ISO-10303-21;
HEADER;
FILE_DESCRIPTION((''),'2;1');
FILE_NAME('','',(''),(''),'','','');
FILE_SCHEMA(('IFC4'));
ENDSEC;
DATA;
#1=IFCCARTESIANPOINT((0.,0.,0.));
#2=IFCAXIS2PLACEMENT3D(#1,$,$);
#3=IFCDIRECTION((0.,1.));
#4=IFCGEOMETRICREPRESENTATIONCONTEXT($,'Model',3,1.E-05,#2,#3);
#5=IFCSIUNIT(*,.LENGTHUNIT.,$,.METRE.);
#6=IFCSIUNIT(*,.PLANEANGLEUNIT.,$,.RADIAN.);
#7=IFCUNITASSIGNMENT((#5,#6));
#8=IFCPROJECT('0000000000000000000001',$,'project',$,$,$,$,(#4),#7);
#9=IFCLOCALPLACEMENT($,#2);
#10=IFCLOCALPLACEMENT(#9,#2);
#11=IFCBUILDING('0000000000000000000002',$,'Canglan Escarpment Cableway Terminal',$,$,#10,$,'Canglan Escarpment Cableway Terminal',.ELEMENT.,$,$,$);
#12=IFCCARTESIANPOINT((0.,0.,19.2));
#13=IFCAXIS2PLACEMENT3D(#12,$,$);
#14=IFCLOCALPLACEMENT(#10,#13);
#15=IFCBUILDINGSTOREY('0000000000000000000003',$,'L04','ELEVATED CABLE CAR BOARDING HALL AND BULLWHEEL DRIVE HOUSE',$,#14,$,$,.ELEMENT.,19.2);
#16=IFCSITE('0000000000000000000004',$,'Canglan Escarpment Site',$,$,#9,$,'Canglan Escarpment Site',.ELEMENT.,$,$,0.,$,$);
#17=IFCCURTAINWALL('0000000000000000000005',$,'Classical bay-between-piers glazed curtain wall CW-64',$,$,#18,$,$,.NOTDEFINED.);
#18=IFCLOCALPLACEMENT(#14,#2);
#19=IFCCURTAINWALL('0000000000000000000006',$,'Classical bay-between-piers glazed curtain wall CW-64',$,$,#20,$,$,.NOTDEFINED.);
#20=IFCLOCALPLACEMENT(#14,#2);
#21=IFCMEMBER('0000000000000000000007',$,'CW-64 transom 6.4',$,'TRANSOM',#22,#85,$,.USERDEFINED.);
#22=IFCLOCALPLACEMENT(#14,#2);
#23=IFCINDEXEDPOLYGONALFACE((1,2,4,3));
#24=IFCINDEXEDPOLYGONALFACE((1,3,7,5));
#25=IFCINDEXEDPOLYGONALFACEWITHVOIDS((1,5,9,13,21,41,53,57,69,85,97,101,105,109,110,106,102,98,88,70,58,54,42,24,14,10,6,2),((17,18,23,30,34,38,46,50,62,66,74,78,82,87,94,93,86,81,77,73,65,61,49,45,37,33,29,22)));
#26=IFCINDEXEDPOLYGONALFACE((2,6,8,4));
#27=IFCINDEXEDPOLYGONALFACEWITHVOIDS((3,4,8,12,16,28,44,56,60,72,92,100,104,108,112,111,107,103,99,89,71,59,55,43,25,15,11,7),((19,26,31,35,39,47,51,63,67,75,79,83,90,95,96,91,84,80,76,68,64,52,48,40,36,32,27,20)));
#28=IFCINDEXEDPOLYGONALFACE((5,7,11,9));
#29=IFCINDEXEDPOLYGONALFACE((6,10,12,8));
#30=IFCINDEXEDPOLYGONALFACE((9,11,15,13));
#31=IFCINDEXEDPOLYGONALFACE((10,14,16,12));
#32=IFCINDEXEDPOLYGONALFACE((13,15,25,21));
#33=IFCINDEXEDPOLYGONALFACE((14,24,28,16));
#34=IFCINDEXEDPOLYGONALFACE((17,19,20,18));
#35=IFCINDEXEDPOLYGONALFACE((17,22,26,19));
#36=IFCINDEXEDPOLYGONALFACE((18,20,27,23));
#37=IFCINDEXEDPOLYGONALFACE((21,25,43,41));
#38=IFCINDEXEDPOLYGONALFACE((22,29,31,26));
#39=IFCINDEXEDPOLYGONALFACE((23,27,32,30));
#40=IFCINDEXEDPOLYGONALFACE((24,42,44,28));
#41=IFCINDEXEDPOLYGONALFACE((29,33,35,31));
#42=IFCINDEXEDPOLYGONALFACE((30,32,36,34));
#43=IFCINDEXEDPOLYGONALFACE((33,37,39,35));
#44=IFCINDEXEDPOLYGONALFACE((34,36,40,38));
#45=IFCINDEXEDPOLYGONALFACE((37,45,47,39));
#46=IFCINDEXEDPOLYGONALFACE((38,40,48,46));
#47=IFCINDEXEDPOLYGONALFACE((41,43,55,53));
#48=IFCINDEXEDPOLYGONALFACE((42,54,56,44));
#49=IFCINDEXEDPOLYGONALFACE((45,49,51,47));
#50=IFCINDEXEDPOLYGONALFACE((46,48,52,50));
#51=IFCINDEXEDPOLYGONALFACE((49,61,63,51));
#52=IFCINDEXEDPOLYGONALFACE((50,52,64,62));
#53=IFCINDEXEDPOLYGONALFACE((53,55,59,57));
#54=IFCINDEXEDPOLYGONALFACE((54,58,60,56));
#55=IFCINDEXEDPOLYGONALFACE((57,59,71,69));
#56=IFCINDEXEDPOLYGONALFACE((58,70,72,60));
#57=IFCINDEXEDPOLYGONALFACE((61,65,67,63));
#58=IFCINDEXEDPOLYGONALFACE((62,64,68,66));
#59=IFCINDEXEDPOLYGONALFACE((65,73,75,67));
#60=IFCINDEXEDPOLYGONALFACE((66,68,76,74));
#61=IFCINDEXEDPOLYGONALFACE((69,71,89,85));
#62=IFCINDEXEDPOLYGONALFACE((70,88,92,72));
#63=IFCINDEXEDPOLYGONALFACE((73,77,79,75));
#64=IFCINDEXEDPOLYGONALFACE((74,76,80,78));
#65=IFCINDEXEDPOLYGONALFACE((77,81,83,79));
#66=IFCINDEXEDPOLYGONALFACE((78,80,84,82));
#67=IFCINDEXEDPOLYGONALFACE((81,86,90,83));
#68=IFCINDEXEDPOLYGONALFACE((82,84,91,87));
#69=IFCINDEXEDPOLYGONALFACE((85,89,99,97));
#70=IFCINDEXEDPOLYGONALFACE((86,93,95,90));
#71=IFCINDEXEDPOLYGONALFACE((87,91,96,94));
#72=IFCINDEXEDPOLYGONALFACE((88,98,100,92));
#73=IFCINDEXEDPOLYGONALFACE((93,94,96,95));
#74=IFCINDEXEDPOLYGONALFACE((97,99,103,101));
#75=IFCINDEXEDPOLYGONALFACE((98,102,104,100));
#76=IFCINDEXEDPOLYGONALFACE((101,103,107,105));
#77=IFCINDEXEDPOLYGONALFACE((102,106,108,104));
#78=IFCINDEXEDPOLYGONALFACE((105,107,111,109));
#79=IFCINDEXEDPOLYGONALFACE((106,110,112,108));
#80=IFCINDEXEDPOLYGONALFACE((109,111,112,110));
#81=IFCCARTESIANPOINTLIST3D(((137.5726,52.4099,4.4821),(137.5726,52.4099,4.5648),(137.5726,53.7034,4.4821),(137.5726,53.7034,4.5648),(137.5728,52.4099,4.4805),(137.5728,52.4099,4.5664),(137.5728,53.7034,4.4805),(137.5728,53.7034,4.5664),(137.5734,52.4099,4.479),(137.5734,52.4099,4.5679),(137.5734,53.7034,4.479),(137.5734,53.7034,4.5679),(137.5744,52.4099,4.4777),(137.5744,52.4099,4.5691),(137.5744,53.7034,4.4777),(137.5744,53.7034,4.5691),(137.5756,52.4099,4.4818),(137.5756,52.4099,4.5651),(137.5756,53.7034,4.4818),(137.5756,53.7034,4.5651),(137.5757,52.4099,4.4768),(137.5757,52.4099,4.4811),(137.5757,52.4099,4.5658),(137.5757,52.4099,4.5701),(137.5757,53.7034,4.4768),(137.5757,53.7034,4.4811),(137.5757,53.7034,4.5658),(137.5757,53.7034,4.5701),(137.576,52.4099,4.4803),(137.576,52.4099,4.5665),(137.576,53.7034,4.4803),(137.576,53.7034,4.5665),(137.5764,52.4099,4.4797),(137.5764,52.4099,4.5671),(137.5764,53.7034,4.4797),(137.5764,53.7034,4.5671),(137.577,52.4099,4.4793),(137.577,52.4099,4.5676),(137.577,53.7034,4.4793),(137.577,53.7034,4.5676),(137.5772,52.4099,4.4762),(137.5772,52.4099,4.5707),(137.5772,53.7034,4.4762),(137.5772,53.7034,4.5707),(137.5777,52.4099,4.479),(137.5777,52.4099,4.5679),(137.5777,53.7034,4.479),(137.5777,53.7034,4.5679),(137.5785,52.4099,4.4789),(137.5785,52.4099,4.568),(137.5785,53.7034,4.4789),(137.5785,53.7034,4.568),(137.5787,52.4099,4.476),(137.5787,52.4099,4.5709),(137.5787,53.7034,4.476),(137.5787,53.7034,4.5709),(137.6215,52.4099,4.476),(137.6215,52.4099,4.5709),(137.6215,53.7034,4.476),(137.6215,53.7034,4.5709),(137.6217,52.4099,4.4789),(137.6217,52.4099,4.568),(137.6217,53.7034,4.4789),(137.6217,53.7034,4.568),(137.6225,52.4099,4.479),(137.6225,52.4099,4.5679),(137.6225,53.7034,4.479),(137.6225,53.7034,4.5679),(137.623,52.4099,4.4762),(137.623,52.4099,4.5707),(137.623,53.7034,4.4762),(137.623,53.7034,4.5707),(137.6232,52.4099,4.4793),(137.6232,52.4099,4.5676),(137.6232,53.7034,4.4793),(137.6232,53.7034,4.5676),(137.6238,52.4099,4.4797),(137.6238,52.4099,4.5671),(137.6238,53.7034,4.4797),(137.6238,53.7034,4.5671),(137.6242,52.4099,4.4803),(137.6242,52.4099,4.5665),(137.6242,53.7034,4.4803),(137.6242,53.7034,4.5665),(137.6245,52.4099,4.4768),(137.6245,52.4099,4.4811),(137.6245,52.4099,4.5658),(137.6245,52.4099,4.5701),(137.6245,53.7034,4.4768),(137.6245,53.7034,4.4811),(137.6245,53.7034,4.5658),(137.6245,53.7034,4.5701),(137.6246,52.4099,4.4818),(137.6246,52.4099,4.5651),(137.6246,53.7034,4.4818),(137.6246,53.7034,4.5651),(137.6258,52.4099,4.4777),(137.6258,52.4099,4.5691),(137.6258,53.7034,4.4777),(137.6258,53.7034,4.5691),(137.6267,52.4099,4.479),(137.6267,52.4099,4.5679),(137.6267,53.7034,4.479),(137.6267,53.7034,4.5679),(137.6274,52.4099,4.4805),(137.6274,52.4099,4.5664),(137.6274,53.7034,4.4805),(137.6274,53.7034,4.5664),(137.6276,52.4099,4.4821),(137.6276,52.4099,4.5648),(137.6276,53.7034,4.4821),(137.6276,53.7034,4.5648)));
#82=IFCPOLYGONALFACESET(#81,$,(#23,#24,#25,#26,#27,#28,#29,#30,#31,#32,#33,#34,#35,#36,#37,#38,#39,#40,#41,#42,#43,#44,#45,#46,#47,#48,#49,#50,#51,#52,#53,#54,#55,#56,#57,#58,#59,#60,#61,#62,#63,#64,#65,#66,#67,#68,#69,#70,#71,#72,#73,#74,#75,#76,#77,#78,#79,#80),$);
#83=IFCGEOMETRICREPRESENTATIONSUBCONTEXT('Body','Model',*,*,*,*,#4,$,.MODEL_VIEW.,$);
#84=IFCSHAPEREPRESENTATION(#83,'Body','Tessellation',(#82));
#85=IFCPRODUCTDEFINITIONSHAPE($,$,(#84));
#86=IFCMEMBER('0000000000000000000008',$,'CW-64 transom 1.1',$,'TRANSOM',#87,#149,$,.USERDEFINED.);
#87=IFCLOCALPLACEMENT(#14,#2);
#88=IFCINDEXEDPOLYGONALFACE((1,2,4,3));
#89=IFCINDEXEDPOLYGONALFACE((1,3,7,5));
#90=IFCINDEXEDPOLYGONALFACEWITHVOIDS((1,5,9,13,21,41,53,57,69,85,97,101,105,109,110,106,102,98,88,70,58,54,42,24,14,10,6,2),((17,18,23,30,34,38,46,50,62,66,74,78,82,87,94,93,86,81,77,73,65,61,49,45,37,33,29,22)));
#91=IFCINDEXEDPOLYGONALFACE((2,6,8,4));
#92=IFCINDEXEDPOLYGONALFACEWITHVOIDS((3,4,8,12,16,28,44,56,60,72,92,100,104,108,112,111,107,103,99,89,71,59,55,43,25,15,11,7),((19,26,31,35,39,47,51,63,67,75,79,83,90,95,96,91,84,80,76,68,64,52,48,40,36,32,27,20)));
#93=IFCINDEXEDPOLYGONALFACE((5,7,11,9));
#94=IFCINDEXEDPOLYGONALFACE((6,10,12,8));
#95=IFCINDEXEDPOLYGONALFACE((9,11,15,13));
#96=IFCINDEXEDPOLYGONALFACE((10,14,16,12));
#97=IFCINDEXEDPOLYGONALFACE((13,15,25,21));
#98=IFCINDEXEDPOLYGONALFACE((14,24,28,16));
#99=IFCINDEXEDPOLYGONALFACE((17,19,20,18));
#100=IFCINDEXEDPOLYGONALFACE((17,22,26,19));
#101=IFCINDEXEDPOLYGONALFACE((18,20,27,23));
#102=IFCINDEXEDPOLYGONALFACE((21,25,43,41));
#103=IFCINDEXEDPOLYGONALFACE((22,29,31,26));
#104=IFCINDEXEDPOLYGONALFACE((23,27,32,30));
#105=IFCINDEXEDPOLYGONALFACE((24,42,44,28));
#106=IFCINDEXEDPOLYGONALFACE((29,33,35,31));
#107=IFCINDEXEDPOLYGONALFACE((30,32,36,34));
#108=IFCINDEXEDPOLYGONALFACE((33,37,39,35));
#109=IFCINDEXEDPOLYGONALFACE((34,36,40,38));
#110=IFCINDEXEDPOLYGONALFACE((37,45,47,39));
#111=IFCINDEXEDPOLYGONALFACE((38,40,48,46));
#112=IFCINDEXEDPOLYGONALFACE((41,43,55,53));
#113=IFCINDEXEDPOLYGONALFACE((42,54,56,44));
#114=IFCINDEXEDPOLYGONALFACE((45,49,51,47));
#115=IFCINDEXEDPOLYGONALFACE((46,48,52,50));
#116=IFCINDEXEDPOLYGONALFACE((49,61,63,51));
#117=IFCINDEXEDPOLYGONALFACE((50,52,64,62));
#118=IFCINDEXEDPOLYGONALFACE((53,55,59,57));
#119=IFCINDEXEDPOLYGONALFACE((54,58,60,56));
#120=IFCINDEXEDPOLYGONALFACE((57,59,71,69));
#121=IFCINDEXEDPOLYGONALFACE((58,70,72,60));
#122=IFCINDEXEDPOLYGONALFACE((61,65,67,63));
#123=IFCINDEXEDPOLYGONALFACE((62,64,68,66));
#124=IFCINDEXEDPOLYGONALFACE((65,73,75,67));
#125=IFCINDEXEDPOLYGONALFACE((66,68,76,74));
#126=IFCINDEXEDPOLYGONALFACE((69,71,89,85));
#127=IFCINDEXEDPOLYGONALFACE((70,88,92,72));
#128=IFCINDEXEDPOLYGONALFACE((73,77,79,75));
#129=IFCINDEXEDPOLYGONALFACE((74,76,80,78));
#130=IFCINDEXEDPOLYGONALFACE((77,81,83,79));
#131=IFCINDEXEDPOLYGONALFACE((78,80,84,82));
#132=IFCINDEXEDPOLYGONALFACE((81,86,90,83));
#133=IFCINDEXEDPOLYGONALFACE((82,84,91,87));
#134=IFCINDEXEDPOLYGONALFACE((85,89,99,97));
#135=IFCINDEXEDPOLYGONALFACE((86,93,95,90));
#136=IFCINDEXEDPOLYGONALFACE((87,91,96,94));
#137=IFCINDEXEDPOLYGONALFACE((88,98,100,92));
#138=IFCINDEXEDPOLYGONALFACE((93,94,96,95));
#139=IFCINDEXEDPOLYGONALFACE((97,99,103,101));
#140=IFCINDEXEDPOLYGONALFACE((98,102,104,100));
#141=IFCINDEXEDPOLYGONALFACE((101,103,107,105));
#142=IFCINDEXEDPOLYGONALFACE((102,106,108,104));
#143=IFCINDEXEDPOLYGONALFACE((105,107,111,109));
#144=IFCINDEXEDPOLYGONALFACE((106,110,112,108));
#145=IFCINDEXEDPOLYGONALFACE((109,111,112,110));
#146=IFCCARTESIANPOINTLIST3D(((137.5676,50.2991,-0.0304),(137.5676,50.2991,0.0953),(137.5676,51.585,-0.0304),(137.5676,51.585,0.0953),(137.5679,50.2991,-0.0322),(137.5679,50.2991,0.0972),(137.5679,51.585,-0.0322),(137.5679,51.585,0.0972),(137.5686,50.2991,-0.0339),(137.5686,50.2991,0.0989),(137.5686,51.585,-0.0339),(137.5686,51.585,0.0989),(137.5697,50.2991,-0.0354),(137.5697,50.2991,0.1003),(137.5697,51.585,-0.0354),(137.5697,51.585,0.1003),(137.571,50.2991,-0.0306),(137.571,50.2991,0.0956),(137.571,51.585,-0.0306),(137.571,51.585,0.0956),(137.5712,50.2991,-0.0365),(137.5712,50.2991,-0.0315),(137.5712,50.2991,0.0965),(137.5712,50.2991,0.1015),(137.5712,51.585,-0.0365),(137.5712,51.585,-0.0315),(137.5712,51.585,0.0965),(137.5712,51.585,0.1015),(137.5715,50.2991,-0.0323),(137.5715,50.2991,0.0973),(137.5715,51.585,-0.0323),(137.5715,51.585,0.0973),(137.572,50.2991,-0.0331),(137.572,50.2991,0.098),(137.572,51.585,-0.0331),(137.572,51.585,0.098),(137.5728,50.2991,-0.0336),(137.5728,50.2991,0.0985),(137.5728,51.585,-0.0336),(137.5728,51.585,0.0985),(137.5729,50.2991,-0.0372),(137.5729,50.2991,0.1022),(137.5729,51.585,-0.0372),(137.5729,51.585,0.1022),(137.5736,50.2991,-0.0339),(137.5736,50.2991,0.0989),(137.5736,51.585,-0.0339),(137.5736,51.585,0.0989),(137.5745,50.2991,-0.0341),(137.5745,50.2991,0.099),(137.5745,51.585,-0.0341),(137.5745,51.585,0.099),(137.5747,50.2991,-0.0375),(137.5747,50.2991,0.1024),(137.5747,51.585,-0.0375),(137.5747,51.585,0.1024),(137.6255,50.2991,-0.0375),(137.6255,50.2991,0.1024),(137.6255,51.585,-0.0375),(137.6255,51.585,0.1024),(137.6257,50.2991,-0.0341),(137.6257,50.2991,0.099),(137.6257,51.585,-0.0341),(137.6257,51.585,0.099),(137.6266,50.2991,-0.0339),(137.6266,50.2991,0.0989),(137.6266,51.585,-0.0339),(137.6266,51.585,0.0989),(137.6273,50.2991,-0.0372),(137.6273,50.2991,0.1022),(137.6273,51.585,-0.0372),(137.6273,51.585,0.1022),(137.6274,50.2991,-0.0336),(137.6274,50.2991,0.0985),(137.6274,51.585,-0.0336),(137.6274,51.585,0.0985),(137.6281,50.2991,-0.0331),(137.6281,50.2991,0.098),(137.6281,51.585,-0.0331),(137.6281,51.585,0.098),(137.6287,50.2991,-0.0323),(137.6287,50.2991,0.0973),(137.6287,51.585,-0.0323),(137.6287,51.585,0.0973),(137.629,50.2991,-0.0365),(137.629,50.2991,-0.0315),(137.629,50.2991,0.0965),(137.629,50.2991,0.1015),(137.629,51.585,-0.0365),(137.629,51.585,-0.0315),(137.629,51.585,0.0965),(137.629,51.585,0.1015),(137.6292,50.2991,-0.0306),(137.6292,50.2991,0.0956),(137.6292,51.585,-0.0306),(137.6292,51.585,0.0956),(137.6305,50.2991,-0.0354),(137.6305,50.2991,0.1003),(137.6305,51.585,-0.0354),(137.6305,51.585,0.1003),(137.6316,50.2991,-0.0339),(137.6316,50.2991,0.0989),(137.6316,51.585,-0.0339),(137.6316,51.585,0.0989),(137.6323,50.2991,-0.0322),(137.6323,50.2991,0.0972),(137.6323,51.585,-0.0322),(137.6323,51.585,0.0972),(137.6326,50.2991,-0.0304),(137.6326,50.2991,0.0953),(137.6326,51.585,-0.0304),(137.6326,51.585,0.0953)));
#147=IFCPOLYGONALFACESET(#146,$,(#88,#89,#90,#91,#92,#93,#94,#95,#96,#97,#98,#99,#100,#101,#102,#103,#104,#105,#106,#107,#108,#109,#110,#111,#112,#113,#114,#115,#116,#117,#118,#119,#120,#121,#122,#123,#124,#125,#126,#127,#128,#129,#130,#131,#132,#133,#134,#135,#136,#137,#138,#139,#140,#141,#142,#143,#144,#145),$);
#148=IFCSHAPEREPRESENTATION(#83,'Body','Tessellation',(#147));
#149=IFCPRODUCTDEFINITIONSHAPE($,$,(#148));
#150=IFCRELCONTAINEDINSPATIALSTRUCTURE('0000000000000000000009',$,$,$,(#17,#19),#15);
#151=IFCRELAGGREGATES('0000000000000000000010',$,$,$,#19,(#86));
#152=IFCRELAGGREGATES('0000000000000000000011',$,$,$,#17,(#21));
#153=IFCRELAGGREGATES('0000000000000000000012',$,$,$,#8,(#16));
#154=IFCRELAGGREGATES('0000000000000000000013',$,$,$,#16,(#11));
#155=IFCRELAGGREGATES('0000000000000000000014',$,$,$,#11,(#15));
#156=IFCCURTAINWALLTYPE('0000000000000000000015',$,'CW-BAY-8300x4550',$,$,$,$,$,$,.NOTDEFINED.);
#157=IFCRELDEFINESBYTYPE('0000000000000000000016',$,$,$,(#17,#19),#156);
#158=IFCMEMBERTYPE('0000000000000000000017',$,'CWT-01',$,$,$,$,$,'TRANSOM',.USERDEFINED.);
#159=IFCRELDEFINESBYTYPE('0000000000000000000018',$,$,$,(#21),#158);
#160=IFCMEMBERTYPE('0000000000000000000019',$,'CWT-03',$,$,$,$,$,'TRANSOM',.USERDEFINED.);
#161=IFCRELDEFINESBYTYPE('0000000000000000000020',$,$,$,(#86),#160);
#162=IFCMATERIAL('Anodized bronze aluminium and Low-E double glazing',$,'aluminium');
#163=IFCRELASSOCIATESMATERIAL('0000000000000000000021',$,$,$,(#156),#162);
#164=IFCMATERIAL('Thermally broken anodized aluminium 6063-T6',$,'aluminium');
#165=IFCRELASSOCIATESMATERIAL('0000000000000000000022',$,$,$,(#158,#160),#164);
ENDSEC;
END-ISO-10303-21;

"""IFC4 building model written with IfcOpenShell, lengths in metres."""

from ifc_helpers import new_model, si_unit, direction, frame, origin, origin_2d, place, context, subcontext, project, spatial, hollow_rectangle, extrude, material, material_profile, profile_set, type_object, element, aggregate, save


model = new_model("IFC4")

# Units and contexts
model_context = context("Model", 3, precision=1e-05, world=origin(), true_north=direction((0.0, 1.0)))
body_context = subcontext(model_context, "Body", "Model", "MODEL_VIEW")
ifc_project = project(units=[si_unit("LENGTHUNIT", "METRE"), si_unit("PLANEANGLEUNIT", "RADIAN")], contexts=[model_context])

# Site, building, storey
site_placement = place(None, origin())
site = spatial("IfcSite", under=ifc_project, at=site_placement, Name="Canglan Escarpment Site", LongName="Canglan Escarpment Site", CompositionType="ELEMENT", RefElevation=0.0)
building_placement = place(site_placement, origin())
building = spatial("IfcBuilding", under=site, at=building_placement, Name="Canglan Escarpment Cableway Terminal", LongName="Canglan Escarpment Cableway Terminal", CompositionType="ELEMENT")
storey_placement = place(building_placement, frame((0.0, 0.0, 19.2)))
storey = spatial("IfcBuildingStorey", under=building, at=storey_placement, Name="L04", Description="ELEVATED CABLE CAR BOARDING HALL AND BULLWHEEL DRIVE HOUSE", CompositionType="ELEMENT", Elevation=19.2)

# Curtain wall
ifc_material_1 = material(Name="Anodized bronze aluminium and Low-E double glazing", Category="aluminium")
curtain_wall_type = type_object("IfcCurtainWallType", Name="CW-BAY-8300x4550", PredefinedType="NOTDEFINED", material=ifc_material_1)
curtain_wall_1_placement = place(storey_placement, origin())
curtain_wall_1 = element("IfcCurtainWall", 1, at=curtain_wall_1_placement, inside=storey, type_object=curtain_wall_type, Name="Classical bay-between-piers glazed curtain wall CW-64", PredefinedType="NOTDEFINED")
ifc_material_2 = material(Name="Thermally broken anodized aluminium 6063-T6", Category="aluminium")

# Curtain wall
curtain_wall_2_placement = place(storey_placement, origin())
curtain_wall_2 = element("IfcCurtainWall", 2, at=curtain_wall_2_placement, inside=storey, type_object=curtain_wall_type, Name="Classical bay-between-piers glazed curtain wall CW-64", PredefinedType="NOTDEFINED")

# Members
ifc_material_profile_1 = material_profile(ifc_material_2, hollow_rectangle(XDim=0.0549, YDim=0.095, WallThickness=0.0029, InnerFilletRadius=0.0029, OuterFilletRadius=0.0061, at=origin_2d()), Name="ALU-TRAN 55x95x3")
ifc_profile_set_1 = profile_set([ifc_material_profile_1], Name="Thermally broken anodized aluminium 6063-T6")
member_type_1 = type_object("IfcMemberType", Name="CWT-01", ElementType="TRANSOM", PredefinedType="USERDEFINED", material=ifc_profile_set_1)
member_1_placement = place(storey_placement, frame((137.6001, 53.7034, 4.5234), z_axis=(0.0, -1.0, 0.0), x_axis=(1.0, 0.0, 0.0)))
member_1 = element("IfcMember", 3, at=member_1_placement, type_object=member_type_1, Name="CW-64 transom 6.4", ObjectType="TRANSOM", PredefinedType="USERDEFINED", context=body_context, shape_type="SweptSolid", body=[
    extrude(hollow_rectangle(XDim=0.0549, YDim=0.095, WallThickness=0.0029, InnerFilletRadius=0.0029, OuterFilletRadius=0.0061, at=origin_2d()), origin(), (0.0, 0.0, 1.0), 1.2935),
])
ifc_material_profile_2 = material_profile(ifc_material_2, hollow_rectangle(XDim=0.0649, YDim=0.1399, WallThickness=0.0034, InnerFilletRadius=0.0034, OuterFilletRadius=0.0071, at=origin_2d()), Name="ALU-TRAN 65x140x3.5")
ifc_profile_set_2 = profile_set([ifc_material_profile_2], Name="Thermally broken anodized aluminium 6063-T6")
member_type_2 = type_object("IfcMemberType", Name="CWT-03", ElementType="TRANSOM", PredefinedType="USERDEFINED", material=ifc_profile_set_2)
member_2_placement = place(storey_placement, frame((137.6001, 51.585, 0.0325), z_axis=(0.0, -1.0, 0.0), x_axis=(1.0, 0.0, 0.0)))
member_2 = element("IfcMember", 4, at=member_2_placement, type_object=member_type_2, Name="CW-64 transom 1.1", ObjectType="TRANSOM", PredefinedType="USERDEFINED", context=body_context, shape_type="SweptSolid", body=[
    extrude(hollow_rectangle(XDim=0.0649, YDim=0.1399, WallThickness=0.0034, InnerFilletRadius=0.0034, OuterFilletRadius=0.0071, at=origin_2d()), origin(), (0.0, 0.0, 1.0), 1.2859),
])

aggregate(curtain_wall_2, [member_2])
aggregate(curtain_wall_1, [member_1])

save(model, "model.ifc")
